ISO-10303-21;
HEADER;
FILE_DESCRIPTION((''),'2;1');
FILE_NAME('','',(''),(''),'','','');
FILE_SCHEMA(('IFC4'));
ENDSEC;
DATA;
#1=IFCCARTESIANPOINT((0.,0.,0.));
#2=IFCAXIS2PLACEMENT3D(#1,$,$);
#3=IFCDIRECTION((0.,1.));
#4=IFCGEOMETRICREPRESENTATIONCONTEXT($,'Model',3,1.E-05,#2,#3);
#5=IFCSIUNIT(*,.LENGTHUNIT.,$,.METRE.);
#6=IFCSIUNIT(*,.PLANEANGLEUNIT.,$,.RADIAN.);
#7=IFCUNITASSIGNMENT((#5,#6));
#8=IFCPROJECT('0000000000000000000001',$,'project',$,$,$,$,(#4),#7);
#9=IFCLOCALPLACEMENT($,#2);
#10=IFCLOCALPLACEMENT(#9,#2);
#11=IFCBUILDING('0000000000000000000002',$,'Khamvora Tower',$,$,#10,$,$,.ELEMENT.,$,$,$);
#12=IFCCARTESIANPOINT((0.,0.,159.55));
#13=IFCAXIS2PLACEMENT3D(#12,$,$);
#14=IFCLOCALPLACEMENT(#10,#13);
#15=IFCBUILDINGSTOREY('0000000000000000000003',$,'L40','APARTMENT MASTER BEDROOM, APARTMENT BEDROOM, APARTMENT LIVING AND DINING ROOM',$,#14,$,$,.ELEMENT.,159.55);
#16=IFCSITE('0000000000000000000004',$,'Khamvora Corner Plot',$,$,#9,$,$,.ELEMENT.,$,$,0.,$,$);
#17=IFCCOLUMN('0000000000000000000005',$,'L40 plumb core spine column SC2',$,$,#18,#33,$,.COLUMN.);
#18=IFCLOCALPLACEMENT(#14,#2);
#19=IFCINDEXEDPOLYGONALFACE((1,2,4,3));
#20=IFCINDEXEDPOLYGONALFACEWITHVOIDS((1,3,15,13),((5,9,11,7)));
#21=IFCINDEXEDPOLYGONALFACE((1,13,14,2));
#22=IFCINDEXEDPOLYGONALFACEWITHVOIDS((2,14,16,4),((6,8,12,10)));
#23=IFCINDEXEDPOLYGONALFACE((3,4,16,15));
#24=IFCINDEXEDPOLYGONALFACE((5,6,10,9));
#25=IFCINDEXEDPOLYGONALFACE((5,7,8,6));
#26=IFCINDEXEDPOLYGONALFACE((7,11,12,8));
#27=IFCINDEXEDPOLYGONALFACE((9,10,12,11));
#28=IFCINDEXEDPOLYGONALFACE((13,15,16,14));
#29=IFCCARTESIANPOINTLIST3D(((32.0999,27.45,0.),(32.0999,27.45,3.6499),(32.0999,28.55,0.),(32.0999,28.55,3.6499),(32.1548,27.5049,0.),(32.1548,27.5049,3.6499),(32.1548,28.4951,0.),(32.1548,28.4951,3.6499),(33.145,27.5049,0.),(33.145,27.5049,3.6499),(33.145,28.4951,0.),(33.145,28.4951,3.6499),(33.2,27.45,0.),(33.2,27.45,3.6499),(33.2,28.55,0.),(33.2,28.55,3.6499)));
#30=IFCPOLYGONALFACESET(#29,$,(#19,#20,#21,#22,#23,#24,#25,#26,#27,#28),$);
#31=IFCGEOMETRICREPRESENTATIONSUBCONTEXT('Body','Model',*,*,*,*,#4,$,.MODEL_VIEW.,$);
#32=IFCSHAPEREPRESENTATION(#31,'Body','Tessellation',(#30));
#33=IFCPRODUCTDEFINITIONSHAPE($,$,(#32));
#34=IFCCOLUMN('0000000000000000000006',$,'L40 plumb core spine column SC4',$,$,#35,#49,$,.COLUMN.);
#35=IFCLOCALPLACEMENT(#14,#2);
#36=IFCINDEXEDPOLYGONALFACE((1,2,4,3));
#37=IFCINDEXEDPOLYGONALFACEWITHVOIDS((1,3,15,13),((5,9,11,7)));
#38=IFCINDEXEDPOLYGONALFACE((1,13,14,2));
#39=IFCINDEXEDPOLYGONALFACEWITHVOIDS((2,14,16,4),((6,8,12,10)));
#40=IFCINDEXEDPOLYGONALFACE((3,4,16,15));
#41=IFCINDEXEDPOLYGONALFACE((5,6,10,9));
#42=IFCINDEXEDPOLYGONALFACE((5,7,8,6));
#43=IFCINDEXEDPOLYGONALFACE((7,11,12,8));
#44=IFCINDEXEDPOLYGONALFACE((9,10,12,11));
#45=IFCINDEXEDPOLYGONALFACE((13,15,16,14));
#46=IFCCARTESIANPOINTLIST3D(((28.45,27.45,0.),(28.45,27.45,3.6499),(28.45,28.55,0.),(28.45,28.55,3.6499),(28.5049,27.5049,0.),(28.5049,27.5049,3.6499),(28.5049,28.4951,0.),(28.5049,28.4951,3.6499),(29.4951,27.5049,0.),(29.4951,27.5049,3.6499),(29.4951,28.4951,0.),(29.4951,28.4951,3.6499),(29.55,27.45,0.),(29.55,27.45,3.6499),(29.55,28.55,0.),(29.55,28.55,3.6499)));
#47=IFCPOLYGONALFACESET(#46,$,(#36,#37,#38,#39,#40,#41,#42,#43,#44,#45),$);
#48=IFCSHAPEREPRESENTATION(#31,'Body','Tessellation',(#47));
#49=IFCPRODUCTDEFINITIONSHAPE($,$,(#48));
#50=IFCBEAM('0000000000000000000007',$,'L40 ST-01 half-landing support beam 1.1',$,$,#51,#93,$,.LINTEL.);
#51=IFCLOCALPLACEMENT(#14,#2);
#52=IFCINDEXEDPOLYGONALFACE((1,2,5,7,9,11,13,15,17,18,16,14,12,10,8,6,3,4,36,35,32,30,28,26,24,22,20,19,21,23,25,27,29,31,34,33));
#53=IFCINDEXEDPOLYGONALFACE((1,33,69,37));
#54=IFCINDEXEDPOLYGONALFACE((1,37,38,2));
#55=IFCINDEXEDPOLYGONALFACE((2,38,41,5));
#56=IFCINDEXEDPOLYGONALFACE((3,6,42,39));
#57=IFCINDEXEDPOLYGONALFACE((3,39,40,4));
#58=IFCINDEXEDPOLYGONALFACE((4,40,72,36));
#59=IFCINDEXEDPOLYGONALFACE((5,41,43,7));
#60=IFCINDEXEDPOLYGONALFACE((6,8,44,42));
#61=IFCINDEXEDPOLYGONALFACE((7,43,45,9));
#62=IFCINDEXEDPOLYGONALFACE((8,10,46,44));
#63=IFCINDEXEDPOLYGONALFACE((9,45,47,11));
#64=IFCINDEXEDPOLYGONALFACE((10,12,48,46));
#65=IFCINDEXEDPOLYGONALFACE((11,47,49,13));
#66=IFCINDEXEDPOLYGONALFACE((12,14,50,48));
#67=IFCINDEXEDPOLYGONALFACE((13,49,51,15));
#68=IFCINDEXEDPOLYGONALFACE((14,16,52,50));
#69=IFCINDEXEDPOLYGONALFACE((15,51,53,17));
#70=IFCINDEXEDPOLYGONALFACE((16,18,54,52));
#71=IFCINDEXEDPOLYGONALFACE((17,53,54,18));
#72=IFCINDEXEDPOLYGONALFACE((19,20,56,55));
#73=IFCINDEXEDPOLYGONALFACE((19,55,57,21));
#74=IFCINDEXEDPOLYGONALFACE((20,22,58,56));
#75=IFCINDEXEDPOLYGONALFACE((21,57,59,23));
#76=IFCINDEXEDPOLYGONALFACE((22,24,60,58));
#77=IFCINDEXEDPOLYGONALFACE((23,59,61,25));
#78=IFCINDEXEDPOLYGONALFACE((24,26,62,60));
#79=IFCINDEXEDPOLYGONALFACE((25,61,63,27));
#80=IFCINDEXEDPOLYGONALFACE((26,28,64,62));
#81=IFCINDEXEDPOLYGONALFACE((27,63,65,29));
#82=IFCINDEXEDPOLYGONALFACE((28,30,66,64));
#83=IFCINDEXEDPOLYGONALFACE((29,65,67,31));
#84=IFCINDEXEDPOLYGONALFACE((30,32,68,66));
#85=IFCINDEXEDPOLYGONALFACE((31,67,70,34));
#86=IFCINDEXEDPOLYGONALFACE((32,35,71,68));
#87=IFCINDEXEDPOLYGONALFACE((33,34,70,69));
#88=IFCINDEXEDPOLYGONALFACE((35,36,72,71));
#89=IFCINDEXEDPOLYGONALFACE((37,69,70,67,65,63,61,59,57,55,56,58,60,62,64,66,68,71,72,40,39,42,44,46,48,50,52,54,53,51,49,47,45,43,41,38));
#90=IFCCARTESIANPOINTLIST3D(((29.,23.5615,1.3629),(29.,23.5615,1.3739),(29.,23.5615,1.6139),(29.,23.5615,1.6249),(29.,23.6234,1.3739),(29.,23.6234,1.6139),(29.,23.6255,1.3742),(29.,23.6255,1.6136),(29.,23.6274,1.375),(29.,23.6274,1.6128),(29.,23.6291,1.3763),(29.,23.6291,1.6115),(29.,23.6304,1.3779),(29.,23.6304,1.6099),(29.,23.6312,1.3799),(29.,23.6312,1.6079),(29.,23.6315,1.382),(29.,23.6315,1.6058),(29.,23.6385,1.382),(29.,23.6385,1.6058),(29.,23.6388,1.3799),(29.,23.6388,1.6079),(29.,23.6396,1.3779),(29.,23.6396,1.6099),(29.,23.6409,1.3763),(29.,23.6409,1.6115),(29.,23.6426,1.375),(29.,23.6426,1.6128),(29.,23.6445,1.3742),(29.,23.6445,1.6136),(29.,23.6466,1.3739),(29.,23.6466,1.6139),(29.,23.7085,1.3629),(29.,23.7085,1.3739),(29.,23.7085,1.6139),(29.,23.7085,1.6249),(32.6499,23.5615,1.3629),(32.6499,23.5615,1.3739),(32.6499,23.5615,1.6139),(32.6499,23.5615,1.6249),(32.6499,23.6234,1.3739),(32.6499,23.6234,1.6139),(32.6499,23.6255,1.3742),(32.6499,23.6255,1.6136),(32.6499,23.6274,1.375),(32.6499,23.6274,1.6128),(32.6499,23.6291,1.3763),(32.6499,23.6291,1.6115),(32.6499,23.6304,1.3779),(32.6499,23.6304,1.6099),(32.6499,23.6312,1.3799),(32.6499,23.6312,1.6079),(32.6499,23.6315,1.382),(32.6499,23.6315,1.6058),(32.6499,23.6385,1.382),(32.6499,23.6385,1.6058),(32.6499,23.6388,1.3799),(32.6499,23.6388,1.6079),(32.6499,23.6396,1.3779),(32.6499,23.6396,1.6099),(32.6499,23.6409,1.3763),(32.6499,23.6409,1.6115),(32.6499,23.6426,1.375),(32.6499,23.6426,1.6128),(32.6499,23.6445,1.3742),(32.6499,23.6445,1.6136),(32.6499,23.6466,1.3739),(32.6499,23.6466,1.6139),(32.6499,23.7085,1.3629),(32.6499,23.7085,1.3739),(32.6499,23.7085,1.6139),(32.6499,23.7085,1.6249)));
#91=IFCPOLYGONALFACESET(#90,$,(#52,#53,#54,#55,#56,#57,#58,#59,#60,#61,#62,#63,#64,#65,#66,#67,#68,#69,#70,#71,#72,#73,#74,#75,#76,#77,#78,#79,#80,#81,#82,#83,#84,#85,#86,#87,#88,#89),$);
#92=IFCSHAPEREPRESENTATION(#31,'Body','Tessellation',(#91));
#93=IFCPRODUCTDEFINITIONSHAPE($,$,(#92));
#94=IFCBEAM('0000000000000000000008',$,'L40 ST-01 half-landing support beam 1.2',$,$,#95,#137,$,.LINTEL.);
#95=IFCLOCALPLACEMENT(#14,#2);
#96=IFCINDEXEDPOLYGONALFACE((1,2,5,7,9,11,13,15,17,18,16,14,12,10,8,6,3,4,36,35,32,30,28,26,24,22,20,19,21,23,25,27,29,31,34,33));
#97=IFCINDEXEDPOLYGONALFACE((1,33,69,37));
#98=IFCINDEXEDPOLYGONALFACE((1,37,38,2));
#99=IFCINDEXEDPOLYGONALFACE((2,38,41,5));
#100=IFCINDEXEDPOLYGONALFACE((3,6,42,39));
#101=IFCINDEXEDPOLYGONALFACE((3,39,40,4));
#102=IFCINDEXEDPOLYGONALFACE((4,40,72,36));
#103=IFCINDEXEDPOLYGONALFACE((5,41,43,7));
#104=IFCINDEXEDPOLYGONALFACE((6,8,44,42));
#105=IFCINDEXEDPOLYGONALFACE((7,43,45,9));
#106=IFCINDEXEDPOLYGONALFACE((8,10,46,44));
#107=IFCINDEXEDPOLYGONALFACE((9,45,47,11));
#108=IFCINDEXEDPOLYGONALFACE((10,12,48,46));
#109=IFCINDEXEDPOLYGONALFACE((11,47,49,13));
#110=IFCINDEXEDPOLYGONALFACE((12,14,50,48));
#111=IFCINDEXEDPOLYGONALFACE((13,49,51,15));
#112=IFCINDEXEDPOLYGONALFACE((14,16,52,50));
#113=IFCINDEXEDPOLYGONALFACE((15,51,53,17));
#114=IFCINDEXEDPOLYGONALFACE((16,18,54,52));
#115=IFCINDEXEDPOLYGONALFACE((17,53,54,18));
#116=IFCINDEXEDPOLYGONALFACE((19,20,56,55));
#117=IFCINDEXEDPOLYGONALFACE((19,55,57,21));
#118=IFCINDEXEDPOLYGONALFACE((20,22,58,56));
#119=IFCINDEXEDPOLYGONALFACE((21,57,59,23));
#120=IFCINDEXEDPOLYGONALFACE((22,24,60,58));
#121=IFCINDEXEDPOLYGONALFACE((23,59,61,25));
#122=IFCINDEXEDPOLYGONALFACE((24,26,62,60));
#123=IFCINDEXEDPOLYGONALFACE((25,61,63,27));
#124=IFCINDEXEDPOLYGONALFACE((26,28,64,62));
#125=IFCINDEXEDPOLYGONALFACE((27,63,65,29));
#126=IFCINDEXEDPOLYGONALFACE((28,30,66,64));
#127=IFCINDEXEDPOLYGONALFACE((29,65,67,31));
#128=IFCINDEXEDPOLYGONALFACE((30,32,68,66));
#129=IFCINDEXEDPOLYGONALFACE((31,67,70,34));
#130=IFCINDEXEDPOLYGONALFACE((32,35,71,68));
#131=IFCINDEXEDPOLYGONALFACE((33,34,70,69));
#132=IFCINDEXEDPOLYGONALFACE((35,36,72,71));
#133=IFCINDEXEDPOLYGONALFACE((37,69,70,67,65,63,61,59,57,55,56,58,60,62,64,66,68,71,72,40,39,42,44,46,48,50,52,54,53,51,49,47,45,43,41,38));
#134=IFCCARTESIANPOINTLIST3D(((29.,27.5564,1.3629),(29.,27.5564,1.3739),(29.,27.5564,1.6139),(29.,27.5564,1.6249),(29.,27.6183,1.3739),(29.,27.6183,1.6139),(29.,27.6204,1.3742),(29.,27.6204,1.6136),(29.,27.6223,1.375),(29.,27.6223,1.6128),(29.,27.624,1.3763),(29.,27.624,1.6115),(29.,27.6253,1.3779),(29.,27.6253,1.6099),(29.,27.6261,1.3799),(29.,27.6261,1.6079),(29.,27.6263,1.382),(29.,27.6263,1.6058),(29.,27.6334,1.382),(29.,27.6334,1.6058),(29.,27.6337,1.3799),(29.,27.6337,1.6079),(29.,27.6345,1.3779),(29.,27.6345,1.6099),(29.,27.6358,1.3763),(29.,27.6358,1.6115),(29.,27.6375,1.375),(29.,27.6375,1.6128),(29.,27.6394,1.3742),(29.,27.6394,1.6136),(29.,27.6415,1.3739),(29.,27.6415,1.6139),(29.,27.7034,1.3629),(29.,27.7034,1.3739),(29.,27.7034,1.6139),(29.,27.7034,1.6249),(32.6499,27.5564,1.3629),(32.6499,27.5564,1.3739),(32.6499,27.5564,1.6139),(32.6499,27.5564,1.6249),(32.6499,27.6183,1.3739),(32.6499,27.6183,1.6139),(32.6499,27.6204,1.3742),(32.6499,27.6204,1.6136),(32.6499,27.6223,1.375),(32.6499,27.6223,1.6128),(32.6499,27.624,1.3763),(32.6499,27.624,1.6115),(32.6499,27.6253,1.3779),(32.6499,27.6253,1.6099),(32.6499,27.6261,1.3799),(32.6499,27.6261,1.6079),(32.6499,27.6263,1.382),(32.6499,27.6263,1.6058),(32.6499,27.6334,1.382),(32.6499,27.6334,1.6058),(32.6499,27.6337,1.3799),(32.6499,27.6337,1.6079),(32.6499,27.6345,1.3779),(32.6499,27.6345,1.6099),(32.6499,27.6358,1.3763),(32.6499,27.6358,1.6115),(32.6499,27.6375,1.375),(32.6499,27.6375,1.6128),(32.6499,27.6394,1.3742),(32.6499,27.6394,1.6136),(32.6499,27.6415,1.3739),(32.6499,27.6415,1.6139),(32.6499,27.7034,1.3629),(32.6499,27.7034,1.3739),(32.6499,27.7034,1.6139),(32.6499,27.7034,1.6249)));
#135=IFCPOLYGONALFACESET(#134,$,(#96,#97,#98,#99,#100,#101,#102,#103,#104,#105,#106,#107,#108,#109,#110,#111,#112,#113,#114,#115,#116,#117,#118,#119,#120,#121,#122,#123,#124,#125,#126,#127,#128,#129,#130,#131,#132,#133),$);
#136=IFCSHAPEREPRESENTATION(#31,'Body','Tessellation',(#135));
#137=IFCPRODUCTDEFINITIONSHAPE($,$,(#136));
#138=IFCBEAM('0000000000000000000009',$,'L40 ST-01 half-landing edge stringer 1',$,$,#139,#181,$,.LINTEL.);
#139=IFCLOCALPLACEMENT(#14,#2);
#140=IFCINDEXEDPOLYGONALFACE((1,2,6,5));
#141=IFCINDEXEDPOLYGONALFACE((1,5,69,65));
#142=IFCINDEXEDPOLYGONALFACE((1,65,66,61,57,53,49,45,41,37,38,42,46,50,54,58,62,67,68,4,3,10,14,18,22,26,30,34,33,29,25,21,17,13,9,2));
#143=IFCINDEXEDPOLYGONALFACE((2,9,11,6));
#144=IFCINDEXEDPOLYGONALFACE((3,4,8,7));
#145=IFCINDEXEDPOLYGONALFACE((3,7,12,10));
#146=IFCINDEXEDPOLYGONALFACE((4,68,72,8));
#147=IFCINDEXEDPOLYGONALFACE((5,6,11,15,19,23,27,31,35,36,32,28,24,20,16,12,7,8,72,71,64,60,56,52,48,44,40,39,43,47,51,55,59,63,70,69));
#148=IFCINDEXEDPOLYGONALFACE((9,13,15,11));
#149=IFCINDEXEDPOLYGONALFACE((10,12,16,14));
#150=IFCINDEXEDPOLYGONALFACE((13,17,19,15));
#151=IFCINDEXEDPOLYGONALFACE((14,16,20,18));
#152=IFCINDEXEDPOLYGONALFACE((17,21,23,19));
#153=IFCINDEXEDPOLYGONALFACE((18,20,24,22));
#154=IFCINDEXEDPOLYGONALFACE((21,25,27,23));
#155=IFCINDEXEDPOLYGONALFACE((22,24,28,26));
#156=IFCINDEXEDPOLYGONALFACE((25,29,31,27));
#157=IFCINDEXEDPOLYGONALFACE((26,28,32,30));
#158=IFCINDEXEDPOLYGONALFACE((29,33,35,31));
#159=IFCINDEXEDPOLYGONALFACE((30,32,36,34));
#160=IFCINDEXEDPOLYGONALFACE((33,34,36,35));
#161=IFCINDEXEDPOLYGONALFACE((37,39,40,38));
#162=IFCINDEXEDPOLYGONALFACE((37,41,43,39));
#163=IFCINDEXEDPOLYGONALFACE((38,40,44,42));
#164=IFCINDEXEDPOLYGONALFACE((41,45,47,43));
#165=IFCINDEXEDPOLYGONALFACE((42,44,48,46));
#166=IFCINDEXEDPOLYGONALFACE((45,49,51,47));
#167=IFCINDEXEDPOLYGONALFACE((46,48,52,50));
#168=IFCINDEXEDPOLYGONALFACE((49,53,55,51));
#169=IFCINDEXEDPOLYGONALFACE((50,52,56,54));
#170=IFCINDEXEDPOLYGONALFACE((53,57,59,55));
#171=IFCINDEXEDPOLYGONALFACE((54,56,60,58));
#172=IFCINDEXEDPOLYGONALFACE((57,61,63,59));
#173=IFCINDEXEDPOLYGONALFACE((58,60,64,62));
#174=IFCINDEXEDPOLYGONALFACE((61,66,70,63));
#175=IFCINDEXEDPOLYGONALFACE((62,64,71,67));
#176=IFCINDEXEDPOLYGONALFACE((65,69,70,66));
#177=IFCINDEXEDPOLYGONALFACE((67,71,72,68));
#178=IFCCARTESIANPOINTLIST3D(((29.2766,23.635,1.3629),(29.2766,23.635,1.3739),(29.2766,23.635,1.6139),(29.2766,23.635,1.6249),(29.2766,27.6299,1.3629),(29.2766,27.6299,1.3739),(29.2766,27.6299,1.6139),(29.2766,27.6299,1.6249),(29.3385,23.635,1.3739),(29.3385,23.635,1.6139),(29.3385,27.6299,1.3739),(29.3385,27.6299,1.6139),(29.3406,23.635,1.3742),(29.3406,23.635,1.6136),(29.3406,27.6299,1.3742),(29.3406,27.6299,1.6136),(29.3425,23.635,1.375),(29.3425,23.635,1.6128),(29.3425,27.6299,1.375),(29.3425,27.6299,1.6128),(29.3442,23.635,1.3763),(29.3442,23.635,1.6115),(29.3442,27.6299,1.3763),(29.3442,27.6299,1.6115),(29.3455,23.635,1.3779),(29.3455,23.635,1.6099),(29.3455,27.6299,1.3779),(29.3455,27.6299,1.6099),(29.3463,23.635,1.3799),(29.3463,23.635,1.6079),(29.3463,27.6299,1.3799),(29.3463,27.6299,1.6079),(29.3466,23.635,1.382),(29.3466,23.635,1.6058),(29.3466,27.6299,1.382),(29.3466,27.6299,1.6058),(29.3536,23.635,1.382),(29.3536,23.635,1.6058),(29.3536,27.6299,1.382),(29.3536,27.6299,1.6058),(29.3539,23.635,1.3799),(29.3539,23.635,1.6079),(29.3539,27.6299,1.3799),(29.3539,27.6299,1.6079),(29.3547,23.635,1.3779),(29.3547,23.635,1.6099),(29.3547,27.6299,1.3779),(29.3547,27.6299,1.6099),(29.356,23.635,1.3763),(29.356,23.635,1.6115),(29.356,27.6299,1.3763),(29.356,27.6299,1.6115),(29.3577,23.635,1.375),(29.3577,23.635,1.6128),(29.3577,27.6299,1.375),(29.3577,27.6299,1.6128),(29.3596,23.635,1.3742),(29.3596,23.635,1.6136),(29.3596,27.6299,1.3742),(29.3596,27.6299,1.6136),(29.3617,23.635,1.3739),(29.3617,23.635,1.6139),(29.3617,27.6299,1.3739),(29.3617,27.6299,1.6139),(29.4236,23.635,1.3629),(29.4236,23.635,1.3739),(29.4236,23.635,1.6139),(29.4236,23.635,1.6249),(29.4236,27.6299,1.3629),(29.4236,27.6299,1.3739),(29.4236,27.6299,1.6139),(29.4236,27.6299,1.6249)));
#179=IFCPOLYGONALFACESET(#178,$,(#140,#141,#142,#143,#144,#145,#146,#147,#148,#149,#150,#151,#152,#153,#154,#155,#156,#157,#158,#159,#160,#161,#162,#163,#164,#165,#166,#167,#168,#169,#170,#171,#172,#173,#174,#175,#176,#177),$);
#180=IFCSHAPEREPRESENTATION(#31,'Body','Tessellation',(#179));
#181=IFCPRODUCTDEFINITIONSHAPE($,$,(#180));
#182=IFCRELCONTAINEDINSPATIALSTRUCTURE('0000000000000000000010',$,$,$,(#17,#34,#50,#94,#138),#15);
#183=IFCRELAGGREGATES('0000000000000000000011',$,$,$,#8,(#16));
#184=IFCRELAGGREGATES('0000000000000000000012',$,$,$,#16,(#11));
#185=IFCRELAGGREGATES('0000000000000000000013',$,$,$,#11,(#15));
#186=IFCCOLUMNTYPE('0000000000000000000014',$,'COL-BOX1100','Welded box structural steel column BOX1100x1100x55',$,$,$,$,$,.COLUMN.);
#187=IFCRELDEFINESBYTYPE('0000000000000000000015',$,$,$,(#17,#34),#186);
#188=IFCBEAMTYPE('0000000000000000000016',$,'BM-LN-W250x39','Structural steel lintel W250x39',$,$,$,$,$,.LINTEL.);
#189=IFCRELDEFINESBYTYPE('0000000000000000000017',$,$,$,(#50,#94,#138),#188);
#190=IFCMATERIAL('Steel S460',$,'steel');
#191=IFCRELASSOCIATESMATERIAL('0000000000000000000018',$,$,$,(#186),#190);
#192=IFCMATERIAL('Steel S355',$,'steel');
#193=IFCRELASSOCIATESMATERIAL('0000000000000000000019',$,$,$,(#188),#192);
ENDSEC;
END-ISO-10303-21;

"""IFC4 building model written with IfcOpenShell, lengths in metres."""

from ifc_helpers import new_model, si_unit, direction, frame, origin, origin_2d, place, context, subcontext, project, spatial, hollow_rectangle, i_section, extrude, material, material_profile, profile_set, type_object, element, save


model = new_model("IFC4")

# Units and contexts
model_context = context("Model", 3, precision=1e-05, world=origin(), true_north=direction((0.0, 1.0)))
body_context = subcontext(model_context, "Body", "Model", "MODEL_VIEW")
ifc_project = project(units=[si_unit("LENGTHUNIT", "METRE"), si_unit("PLANEANGLEUNIT", "RADIAN")], contexts=[model_context])

# Site, building, storey
site_placement = place(None, origin())
site = spatial("IfcSite", under=ifc_project, at=site_placement, Name="Khamvora Corner Plot", CompositionType="ELEMENT", RefElevation=0.0)
building_placement = place(site_placement, origin())
building = spatial("IfcBuilding", under=site, at=building_placement, Name="Khamvora Tower", CompositionType="ELEMENT")
storey_placement = place(building_placement, frame((0.0, 0.0, 159.55)))
storey = spatial("IfcBuildingStorey", under=building, at=storey_placement, Name="L40", Description="APARTMENT MASTER BEDROOM, APARTMENT BEDROOM, APARTMENT LIVING AND DINING ROOM", CompositionType="ELEMENT", Elevation=159.55)

# Columns
ifc_material_1 = material(Name="Steel S460", Category="steel")
ifc_material_profile_1 = material_profile(ifc_material_1, hollow_rectangle(XDim=1.1001, YDim=1.1001, WallThickness=0.0549, at=origin_2d()), Name="BOX1100x1100x55")
ifc_profile_set_1 = profile_set([ifc_material_profile_1], Name="Steel S460")
column_type = type_object("IfcColumnType", Name="COL-BOX1100", Description="Welded box structural steel column BOX1100x1100x55", PredefinedType="COLUMN", material=ifc_profile_set_1)
for number, where, z_axis, x_axis, name in (
    (1, (32.6499, 28.0, 0.0), (0.0, 0.0, 1.0), (1.0, 0.0, 0.0), "L40 plumb core spine column SC2"),
    (2, (29.0, 28.0, 0.0), (0.0, 0.0, 1.0), (1.0, 0.0, 0.0), "L40 plumb core spine column SC4"),
):
    element("IfcColumn", number, at=place(storey_placement, frame(where, z_axis=z_axis, x_axis=x_axis)), inside=storey, type_object=column_type, Name=name, PredefinedType="COLUMN", context=body_context, shape_type="SweptSolid", body=[
        extrude(hollow_rectangle(XDim=1.1001, YDim=1.1001, WallThickness=0.0549, at=origin_2d()), origin(), (0.0, 0.0, 1.0), 3.6499),
    ])

# Beams
ifc_material_2 = material(Name="Steel S355", Category="steel")
ifc_material_profile_2 = material_profile(ifc_material_2, i_section(OverallWidth=0.147, OverallDepth=0.262, WebThickness=0.0071, FlangeThickness=0.011, FilletRadius=0.0081, at=origin_2d()), Name="W250x39")
ifc_profile_set_2 = profile_set([ifc_material_profile_2], Name="Steel S355")
beam_type_1 = type_object("IfcBeamType", Name="BM-LN-W250x39", Description="Structural steel lintel W250x39", PredefinedType="LINTEL", material=ifc_profile_set_2)
for number, where, z_axis, x_axis, name in (
    (3, (29.0, 23.635, 1.4939), (1.0, 0.0, 0.0), (0.0, 1.0, 0.0), "L40 ST-01 half-landing support beam 1.1"),
    (4, (29.0, 27.6299, 1.4939), (1.0, 0.0, 0.0), (0.0, 1.0, 0.0), "L40 ST-01 half-landing support beam 1.2"),
):
    element("IfcBeam", number, at=place(storey_placement, frame(where, z_axis=z_axis, x_axis=x_axis)), inside=storey, type_object=beam_type_1, Name=name, PredefinedType="LINTEL", context=body_context, shape_type="SweptSolid", body=[
        extrude(i_section(OverallWidth=0.147, OverallDepth=0.262, WebThickness=0.0071, FlangeThickness=0.011, FilletRadius=0.0081, at=origin_2d()), origin(), (0.0, 0.0, 1.0), 3.6499),
    ])
beam_placement = place(storey_placement, frame((29.3501, 23.635, 1.4939), z_axis=(0.0, 1.0, 0.0), x_axis=(-1.0, 0.0, 0.0)))
element("IfcBeam", 5, at=beam_placement, inside=storey, type_object=beam_type_1, Name="L40 ST-01 half-landing edge stringer 1", PredefinedType="LINTEL", context=body_context, shape_type="SweptSolid", body=[
    extrude(i_section(OverallWidth=0.147, OverallDepth=0.262, WebThickness=0.0071, FlangeThickness=0.011, FilletRadius=0.0081, at=origin_2d()), origin(), (0.0, 0.0, 1.0), 3.9949),
])

save(model, "model.ifc")
